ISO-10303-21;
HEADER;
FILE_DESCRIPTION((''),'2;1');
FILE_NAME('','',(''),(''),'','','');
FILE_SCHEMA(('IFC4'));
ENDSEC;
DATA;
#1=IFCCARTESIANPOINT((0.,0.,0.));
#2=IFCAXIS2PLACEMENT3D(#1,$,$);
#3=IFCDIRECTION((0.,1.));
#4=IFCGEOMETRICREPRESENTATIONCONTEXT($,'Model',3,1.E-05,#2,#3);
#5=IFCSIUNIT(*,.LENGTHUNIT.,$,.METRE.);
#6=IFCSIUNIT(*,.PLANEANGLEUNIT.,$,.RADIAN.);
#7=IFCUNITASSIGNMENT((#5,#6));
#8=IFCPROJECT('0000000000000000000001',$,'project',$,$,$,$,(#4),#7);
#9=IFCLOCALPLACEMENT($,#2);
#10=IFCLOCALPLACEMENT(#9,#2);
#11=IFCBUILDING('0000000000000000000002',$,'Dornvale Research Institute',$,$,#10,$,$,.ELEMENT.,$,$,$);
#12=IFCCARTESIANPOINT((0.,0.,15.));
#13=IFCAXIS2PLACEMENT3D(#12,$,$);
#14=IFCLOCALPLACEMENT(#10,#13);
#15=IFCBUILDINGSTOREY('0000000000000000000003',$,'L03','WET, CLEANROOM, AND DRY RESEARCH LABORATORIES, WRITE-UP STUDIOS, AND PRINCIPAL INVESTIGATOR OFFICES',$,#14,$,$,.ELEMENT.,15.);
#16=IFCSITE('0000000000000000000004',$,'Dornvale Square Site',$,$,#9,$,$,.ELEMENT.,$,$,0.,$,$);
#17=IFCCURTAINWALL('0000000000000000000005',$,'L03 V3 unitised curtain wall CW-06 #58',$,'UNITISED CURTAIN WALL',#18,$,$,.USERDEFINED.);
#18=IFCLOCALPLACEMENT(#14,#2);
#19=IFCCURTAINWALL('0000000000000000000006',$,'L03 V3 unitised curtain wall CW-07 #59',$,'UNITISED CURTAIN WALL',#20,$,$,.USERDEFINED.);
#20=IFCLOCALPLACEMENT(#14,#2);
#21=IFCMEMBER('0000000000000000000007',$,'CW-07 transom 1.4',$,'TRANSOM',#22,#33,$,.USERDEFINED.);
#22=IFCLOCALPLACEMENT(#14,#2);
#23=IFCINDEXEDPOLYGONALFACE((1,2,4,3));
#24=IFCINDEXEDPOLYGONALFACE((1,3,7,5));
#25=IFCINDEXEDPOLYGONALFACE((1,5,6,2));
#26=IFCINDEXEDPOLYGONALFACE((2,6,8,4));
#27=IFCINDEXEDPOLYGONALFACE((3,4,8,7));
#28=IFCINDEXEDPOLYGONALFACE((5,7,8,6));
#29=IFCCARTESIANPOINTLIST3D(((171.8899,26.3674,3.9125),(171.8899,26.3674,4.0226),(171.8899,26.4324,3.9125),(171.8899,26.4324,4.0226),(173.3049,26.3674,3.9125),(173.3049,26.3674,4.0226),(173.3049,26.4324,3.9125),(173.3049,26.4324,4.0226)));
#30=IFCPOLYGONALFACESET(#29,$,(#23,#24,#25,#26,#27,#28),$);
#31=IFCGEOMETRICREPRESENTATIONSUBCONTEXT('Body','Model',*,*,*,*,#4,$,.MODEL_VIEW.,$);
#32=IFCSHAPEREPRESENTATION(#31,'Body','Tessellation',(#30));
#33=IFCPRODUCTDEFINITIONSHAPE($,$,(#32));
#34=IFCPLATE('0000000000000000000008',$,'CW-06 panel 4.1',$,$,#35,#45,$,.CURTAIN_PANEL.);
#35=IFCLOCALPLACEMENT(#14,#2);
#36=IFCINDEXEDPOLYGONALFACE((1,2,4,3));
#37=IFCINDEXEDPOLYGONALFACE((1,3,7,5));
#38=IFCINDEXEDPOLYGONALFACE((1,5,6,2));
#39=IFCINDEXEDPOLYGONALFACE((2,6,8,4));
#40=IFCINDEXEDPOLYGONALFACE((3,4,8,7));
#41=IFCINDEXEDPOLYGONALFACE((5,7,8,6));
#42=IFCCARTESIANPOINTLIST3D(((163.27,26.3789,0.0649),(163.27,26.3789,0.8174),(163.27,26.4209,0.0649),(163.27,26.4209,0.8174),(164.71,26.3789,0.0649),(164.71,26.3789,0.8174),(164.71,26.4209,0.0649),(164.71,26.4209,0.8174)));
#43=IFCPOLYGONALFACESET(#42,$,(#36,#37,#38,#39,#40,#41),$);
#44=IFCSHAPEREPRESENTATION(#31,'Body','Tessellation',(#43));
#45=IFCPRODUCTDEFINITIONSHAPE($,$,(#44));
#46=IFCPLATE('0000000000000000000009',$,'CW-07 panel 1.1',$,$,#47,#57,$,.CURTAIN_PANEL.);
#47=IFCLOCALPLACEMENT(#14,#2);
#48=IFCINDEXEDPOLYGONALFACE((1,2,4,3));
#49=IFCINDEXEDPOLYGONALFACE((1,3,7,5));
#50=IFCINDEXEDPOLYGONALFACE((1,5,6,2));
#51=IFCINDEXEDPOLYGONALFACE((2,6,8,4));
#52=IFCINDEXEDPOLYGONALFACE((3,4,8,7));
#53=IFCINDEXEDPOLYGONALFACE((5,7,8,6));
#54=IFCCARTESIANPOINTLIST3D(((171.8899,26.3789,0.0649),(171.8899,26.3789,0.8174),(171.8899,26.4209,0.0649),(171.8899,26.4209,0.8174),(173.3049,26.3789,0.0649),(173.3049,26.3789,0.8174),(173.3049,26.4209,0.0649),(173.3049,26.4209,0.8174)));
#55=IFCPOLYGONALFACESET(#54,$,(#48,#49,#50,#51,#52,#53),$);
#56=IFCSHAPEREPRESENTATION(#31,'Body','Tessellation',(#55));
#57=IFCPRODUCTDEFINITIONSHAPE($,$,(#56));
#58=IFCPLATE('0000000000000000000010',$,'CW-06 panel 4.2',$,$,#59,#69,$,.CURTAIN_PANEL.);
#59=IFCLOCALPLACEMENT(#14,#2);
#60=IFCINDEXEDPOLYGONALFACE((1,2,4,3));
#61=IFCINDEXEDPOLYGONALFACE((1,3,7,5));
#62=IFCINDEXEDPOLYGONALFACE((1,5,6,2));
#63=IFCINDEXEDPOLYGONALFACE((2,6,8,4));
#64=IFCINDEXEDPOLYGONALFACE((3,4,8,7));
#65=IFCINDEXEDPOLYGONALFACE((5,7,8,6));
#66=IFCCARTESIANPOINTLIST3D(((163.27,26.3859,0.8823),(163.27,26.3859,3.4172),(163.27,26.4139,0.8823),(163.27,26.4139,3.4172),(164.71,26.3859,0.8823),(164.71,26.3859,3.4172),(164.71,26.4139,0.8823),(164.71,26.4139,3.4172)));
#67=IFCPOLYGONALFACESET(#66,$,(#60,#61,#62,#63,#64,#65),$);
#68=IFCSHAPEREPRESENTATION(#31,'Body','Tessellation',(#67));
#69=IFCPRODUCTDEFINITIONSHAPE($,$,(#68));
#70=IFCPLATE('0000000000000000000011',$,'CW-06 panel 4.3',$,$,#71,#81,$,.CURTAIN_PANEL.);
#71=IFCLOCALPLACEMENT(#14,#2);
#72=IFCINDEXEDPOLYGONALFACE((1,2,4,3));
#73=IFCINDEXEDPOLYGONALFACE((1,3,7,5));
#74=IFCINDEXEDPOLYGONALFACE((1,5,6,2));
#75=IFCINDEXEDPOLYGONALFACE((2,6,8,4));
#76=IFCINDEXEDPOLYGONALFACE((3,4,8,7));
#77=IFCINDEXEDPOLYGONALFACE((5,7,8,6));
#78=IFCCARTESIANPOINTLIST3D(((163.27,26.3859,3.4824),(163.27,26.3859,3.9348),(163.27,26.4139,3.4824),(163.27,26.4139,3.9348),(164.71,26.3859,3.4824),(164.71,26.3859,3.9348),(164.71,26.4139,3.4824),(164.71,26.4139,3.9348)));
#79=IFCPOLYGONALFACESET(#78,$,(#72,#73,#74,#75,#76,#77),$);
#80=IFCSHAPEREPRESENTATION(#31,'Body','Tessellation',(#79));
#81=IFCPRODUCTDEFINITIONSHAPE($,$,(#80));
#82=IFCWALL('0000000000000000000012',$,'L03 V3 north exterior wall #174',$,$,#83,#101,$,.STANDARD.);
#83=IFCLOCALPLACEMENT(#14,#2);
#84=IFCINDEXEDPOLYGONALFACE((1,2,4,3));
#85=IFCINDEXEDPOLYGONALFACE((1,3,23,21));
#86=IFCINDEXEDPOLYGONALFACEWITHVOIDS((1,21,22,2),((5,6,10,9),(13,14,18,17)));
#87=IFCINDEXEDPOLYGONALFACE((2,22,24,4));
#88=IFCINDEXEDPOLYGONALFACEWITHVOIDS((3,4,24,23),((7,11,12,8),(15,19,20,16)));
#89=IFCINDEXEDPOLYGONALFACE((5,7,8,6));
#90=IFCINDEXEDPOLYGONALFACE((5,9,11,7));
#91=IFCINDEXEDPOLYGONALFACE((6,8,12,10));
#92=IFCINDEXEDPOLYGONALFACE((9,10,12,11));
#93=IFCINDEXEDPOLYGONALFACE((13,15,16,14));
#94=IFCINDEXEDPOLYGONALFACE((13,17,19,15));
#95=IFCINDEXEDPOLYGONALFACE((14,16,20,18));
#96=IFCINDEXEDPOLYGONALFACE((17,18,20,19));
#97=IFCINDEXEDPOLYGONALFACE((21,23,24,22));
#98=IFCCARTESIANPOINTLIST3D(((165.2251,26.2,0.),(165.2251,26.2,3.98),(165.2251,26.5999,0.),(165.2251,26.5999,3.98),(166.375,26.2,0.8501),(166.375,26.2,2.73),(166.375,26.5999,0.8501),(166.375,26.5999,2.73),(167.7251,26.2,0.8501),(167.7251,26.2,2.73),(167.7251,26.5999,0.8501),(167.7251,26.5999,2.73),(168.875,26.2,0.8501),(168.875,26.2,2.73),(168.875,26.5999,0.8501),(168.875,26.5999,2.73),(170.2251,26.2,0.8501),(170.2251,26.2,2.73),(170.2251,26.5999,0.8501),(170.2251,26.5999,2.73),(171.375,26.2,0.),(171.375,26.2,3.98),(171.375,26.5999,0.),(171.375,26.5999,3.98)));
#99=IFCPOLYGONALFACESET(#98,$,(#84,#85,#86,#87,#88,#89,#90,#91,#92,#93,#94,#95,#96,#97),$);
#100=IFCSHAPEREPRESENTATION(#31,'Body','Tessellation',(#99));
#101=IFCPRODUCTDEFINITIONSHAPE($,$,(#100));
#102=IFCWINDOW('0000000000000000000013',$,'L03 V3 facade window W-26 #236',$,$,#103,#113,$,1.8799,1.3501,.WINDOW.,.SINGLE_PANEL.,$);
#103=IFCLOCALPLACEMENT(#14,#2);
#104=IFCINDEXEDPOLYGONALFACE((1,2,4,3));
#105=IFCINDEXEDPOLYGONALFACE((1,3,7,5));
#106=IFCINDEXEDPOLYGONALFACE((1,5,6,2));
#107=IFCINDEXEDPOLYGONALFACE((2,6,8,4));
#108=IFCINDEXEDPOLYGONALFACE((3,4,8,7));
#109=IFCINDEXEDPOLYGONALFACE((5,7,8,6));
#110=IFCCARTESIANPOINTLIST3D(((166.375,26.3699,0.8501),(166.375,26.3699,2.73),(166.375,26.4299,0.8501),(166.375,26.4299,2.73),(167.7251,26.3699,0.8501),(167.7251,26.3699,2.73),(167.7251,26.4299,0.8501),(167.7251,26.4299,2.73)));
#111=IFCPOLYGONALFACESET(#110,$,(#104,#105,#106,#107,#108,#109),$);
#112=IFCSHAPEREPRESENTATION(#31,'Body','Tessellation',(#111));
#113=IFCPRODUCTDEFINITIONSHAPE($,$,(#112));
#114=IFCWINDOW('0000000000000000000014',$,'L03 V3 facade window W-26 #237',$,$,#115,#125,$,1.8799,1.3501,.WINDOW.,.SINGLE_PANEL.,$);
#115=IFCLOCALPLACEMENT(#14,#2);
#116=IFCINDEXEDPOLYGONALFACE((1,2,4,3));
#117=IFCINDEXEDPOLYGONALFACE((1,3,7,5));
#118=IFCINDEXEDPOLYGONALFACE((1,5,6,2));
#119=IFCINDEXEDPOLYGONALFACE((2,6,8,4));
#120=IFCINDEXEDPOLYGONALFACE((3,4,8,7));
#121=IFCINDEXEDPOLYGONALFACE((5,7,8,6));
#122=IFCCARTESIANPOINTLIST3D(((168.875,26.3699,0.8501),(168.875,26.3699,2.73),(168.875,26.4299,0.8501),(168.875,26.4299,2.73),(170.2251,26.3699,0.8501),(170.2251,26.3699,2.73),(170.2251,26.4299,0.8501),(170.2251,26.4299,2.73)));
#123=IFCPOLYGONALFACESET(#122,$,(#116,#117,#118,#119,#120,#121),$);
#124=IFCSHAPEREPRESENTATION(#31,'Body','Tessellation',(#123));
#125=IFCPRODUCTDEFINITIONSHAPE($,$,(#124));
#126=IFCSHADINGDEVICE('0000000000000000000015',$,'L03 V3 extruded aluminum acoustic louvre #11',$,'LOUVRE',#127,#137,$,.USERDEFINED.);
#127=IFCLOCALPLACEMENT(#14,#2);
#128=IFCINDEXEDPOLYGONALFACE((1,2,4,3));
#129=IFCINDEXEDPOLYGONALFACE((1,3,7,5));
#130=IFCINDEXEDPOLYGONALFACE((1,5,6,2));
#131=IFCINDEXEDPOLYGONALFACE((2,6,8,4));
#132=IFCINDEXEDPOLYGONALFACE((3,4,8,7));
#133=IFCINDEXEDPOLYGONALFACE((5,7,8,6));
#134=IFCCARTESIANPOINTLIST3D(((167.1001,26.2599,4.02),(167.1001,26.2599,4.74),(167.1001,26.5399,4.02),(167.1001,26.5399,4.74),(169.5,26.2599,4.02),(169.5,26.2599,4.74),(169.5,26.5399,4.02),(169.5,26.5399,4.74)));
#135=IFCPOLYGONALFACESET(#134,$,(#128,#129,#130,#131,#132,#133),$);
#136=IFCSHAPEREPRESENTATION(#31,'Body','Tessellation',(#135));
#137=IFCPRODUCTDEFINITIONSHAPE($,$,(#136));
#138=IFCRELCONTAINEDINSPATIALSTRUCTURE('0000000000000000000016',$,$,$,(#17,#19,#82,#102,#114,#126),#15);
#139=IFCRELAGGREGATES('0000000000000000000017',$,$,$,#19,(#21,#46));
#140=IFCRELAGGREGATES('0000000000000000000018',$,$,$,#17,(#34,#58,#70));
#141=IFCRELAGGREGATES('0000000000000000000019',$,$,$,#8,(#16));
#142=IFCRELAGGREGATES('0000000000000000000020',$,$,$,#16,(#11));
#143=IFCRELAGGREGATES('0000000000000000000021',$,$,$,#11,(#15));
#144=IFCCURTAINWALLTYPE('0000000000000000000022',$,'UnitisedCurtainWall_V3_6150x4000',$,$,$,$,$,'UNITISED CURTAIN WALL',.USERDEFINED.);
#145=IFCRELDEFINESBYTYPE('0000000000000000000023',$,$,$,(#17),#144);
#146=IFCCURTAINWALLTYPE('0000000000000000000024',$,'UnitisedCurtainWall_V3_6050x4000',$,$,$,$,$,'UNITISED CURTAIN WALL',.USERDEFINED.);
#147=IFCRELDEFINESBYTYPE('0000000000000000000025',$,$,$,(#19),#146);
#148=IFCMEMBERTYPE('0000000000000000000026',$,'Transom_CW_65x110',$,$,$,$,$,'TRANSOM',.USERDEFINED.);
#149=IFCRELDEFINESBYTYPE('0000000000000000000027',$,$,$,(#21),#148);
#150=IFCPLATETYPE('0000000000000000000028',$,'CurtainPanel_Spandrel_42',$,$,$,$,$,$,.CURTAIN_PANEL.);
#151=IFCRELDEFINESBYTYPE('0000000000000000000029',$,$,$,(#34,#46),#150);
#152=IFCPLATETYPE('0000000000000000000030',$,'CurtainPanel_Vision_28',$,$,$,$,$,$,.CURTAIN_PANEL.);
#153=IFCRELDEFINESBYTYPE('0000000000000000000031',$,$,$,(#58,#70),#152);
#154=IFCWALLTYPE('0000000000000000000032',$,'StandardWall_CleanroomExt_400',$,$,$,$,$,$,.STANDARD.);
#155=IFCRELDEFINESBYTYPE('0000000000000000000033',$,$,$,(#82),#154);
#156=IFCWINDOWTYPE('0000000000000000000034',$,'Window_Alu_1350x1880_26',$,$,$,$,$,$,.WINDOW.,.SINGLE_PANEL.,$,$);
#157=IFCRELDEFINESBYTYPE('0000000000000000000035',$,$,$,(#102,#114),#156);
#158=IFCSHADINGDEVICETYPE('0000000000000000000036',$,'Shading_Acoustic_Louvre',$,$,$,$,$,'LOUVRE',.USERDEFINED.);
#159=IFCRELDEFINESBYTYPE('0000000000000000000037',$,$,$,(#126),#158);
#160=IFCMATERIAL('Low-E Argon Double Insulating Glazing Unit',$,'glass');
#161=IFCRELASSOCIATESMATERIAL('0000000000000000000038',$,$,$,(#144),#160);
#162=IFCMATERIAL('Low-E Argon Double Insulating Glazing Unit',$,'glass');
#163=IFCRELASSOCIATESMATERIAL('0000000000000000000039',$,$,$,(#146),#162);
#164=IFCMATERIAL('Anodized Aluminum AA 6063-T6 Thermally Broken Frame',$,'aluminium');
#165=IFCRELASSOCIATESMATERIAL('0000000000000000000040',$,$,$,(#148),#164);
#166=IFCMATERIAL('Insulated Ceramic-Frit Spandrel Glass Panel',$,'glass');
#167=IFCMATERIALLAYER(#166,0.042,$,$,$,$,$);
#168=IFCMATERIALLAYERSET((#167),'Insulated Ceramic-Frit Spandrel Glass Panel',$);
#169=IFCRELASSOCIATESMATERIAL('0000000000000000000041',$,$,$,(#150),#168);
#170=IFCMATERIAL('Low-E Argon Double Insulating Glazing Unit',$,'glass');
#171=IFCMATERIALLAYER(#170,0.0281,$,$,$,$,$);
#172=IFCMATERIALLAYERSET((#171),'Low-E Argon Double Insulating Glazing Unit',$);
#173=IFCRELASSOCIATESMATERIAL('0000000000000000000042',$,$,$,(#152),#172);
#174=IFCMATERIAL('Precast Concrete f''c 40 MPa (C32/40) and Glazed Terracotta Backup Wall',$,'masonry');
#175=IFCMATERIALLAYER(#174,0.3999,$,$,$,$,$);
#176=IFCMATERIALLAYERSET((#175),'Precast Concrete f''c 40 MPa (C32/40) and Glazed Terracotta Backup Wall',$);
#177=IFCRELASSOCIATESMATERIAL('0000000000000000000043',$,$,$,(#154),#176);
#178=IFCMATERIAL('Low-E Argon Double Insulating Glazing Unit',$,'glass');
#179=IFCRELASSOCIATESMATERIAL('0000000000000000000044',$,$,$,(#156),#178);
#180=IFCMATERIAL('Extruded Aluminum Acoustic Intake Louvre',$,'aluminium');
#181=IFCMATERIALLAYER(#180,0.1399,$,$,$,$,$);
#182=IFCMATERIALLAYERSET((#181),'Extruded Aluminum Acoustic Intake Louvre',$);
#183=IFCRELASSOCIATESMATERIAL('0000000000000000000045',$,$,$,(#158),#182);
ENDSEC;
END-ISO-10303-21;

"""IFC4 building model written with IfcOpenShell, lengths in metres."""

from ifc_helpers import new_model, si_unit, direction, frame, frame_2d, origin, origin_2d, place, context, subcontext, project, spatial, rectangle, extrude, material, layer, layer_set, material_profile, profile_set, type_object, element, fill, aggregate, save


model = new_model("IFC4")

# Units and contexts
model_context = context("Model", 3, precision=1e-05, world=origin(), true_north=direction((0.0, 1.0)))
body_context = subcontext(model_context, "Body", "Model", "MODEL_VIEW")
ifc_project = project(units=[si_unit("LENGTHUNIT", "METRE"), si_unit("PLANEANGLEUNIT", "RADIAN")], contexts=[model_context])

# Site, building, storey
site_placement = place(None, origin())
site = spatial("IfcSite", under=ifc_project, at=site_placement, Name="Dornvale Square Site", CompositionType="ELEMENT", RefElevation=0.0)
building_placement = place(site_placement, origin())
building = spatial("IfcBuilding", under=site, at=building_placement, Name="Dornvale Research Institute", CompositionType="ELEMENT")
storey_placement = place(building_placement, frame((0.0, 0.0, 15.0)))
storey = spatial("IfcBuildingStorey", under=building, at=storey_placement, Name="L03", Description="WET, CLEANROOM, AND DRY RESEARCH LABORATORIES, WRITE-UP STUDIOS, AND PRINCIPAL INVESTIGATOR OFFICES", CompositionType="ELEMENT", Elevation=15.0)

# Curtain wall
ifc_material_1 = material(Name="Low-E Argon Double Insulating Glazing Unit", Category="glass")
curtain_wall_type_1 = type_object("IfcCurtainWallType", Name="UnitisedCurtainWall_V3_6150x4000", ElementType="UNITISED CURTAIN WALL", PredefinedType="USERDEFINED", material=ifc_material_1)
curtain_wall_1_placement = place(storey_placement, origin())
curtain_wall_1 = element("IfcCurtainWall", 1, at=curtain_wall_1_placement, inside=storey, type_object=curtain_wall_type_1, Name="L03 V3 unitised curtain wall CW-06 #58", ObjectType="UNITISED CURTAIN WALL", PredefinedType="USERDEFINED")

# Curtain wall
ifc_material_2 = material(Name="Low-E Argon Double Insulating Glazing Unit", Category="glass")
curtain_wall_type_2 = type_object("IfcCurtainWallType", Name="UnitisedCurtainWall_V3_6050x4000", ElementType="UNITISED CURTAIN WALL", PredefinedType="USERDEFINED", material=ifc_material_2)
curtain_wall_2_placement = place(storey_placement, origin())
curtain_wall_2 = element("IfcCurtainWall", 2, at=curtain_wall_2_placement, inside=storey, type_object=curtain_wall_type_2, Name="L03 V3 unitised curtain wall CW-07 #59", ObjectType="UNITISED CURTAIN WALL", PredefinedType="USERDEFINED")

# Member
ifc_material_3 = material(Name="Anodized Aluminum AA 6063-T6 Thermally Broken Frame", Category="aluminium")
ifc_material_profile_1 = material_profile(ifc_material_3, rectangle(XDim=0.0649, YDim=0.1101, at=origin_2d()), Name="ALU TRANSOM 65x110")
ifc_profile_set_1 = profile_set([ifc_material_profile_1], Name="Anodized Aluminum AA 6063-T6 Thermally Broken Frame")
member_type_1 = type_object("IfcMemberType", Name="Transom_CW_65x110", ElementType="TRANSOM", PredefinedType="USERDEFINED", material=ifc_profile_set_1)
member_1_placement = place(storey_placement, frame((171.8899, 26.3999, 3.9675), z_axis=(1.0, 0.0, 0.0), x_axis=(0.0, 1.0, 0.0)))
member_1 = element("IfcMember", 3, at=member_1_placement, type_object=member_type_1, Name="CW-07 transom 1.4", ObjectType="TRANSOM", PredefinedType="USERDEFINED", context=body_context, shape_type="SweptSolid", body=[
    extrude(rectangle(XDim=0.0649, YDim=0.1101, at=origin_2d()), origin(), (0.0, 0.0, 1.0), 1.415),
])

# Plates
ifc_material_4 = material(Name="Insulated Ceramic-Frit Spandrel Glass Panel", Category="glass")
ifc_layer_1 = layer(ifc_material_4, 0.042)
ifc_layer_set_1 = layer_set([ifc_layer_1], Name="Insulated Ceramic-Frit Spandrel Glass Panel")
plate_type_1 = type_object("IfcPlateType", Name="CurtainPanel_Spandrel_42", PredefinedType="CURTAIN_PANEL", material=ifc_layer_set_1)
plate_1_placement = place(storey_placement, frame((163.99, 26.3999, 0.0649), z_axis=(0.0, 0.0, 1.0), x_axis=(1.0, 0.0, 0.0)))
plate_1 = element("IfcPlate", 4, at=plate_1_placement, type_object=plate_type_1, Name="CW-06 panel 4.1", PredefinedType="CURTAIN_PANEL", context=body_context, shape_type="SweptSolid", body=[
    extrude(rectangle(XDim=1.4399, YDim=0.042, at=origin_2d()), origin(), (0.0, 0.0, 1.0), 0.7524),
])
plate_2_placement = place(storey_placement, frame((172.5974, 26.3999, 0.0649), z_axis=(0.0, 0.0, 1.0), x_axis=(1.0, 0.0, 0.0)))
plate_2 = element("IfcPlate", 5, at=plate_2_placement, type_object=plate_type_1, Name="CW-07 panel 1.1", PredefinedType="CURTAIN_PANEL", context=body_context, shape_type="SweptSolid", body=[
    extrude(rectangle(XDim=1.415, YDim=0.042, at=origin_2d()), origin(), (0.0, 0.0, 1.0), 0.7524),
])
aggregate(curtain_wall_2, [member_1, plate_2])
ifc_material_5 = material(Name="Low-E Argon Double Insulating Glazing Unit", Category="glass")
ifc_layer_2 = layer(ifc_material_5, 0.0281)
ifc_layer_set_2 = layer_set([ifc_layer_2], Name="Low-E Argon Double Insulating Glazing Unit")
plate_type_2 = type_object("IfcPlateType", Name="CurtainPanel_Vision_28", PredefinedType="CURTAIN_PANEL", material=ifc_layer_set_2)
plate_3_placement = place(storey_placement, frame((163.99, 26.3999, 0.8823), z_axis=(0.0, 0.0, 1.0), x_axis=(1.0, 0.0, 0.0)))
plate_3 = element("IfcPlate", 6, at=plate_3_placement, type_object=plate_type_2, Name="CW-06 panel 4.2", PredefinedType="CURTAIN_PANEL", context=body_context, shape_type="SweptSolid", body=[
    extrude(rectangle(XDim=1.4399, YDim=0.0281, at=origin_2d()), origin(), (0.0, 0.0, 1.0), 2.5349),
])
plate_4_placement = place(storey_placement, frame((163.99, 26.3999, 3.4824), z_axis=(0.0, 0.0, 1.0), x_axis=(1.0, 0.0, 0.0)))
plate_4 = element("IfcPlate", 7, at=plate_4_placement, type_object=plate_type_2, Name="CW-06 panel 4.3", PredefinedType="CURTAIN_PANEL", context=body_context, shape_type="SweptSolid", body=[
    extrude(rectangle(XDim=1.4399, YDim=0.0281, at=origin_2d()), origin(), (0.0, 0.0, 1.0), 0.4524),
])
aggregate(curtain_wall_1, [plate_1, plate_3, plate_4])

# Wall, openings, windows
ifc_material_6 = material(Name="Precast Concrete f'c 40 MPa (C32/40) and Glazed Terracotta Backup Wall", Category="masonry")
ifc_layer_3 = layer(ifc_material_6, 0.3999)
ifc_layer_set_3 = layer_set([ifc_layer_3], Name="Precast Concrete f'c 40 MPa (C32/40) and Glazed Terracotta Backup Wall")
wall_type = type_object("IfcWallType", Name="StandardWall_CleanroomExt_400", PredefinedType="STANDARD", material=ifc_layer_set_3)
wall_placement = place(storey_placement, frame((165.2251, 26.3999, 0.0), z_axis=(0.0, 0.0, 1.0), x_axis=(1.0, 0.0, 0.0)))
wall = element("IfcWall", 8, at=wall_placement, inside=storey, type_object=wall_type, Name="L03 V3 north exterior wall #174", PredefinedType="STANDARD", context=body_context, shape_type="SweptSolid", body=[
    extrude(rectangle(XDim=6.1499, YDim=0.3999, at=frame_2d((3.075, 0.0))), origin(), (0.0, 0.0, 1.0), 3.98),
])
opening_1_placement = place(wall_placement, frame((1.1499, 0.0, 0.8501)))
opening_1 = element("IfcOpeningElement", 9, at=opening_1_placement, cuts=wall, PredefinedType="OPENING", context=body_context, shape_type="SweptSolid", body=[
    extrude(rectangle(XDim=1.3501, YDim=1.8799, at=frame_2d((0.675, 0.9399))), frame((0.0, 0.2148, 0.0), z_axis=(0.0, -1.0, 0.0), x_axis=(1.0, 0.0, 0.0)), (0.0, 0.0, 1.0), 0.4299),
])
opening_2_placement = place(wall_placement, frame((3.6499, 0.0, 0.8501)))
opening_2 = element("IfcOpeningElement", 10, at=opening_2_placement, cuts=wall, PredefinedType="OPENING", context=body_context, shape_type="SweptSolid", body=[
    extrude(rectangle(XDim=1.3501, YDim=1.8799, at=frame_2d((0.675, 0.9399))), frame((0.0, 0.2148, 0.0), z_axis=(0.0, -1.0, 0.0), x_axis=(1.0, 0.0, 0.0)), (0.0, 0.0, 1.0), 0.4299),
])
ifc_material_7 = material(Name="Low-E Argon Double Insulating Glazing Unit", Category="glass")
window_type = type_object("IfcWindowType", Name="Window_Alu_1350x1880_26", PartitioningType="SINGLE_PANEL", PredefinedType="WINDOW", material=ifc_material_7)
window_1_placement = place(opening_1_placement, origin())
window_1 = element("IfcWindow", 11, at=window_1_placement, inside=storey, type_object=window_type, Name="L03 V3 facade window W-26 #236", OverallHeight=1.8799, OverallWidth=1.3501, PartitioningType="SINGLE_PANEL", PredefinedType="WINDOW", context=body_context, shape_type="SweptSolid", body=[
    extrude(rectangle(XDim=1.3501, YDim=1.8799, at=frame_2d((0.675, 0.9399))), frame((0.0, 0.03, 0.0), z_axis=(0.0, -1.0, 0.0), x_axis=(1.0, 0.0, 0.0)), (0.0, 0.0, 1.0), 0.0601),
])
fill(opening_1, window_1)
window_2_placement = place(opening_2_placement, origin())
window_2 = element("IfcWindow", 12, at=window_2_placement, inside=storey, type_object=window_type, Name="L03 V3 facade window W-26 #237", OverallHeight=1.8799, OverallWidth=1.3501, PartitioningType="SINGLE_PANEL", PredefinedType="WINDOW", context=body_context, shape_type="SweptSolid", body=[
    extrude(rectangle(XDim=1.3501, YDim=1.8799, at=frame_2d((0.675, 0.9399))), frame((0.0, 0.03, 0.0), z_axis=(0.0, -1.0, 0.0), x_axis=(1.0, 0.0, 0.0)), (0.0, 0.0, 1.0), 0.0601),
])
fill(opening_2, window_2)

# Shading device
ifc_material_8 = material(Name="Extruded Aluminum Acoustic Intake Louvre", Category="aluminium")
ifc_layer_4 = layer(ifc_material_8, 0.1399)
ifc_layer_set_4 = layer_set([ifc_layer_4], Name="Extruded Aluminum Acoustic Intake Louvre")
shading_device_type = type_object("IfcShadingDeviceType", Name="Shading_Acoustic_Louvre", ElementType="LOUVRE", PredefinedType="USERDEFINED", material=ifc_layer_set_4)
shading_device_placement = place(storey_placement, frame((168.3, 26.3999, 4.02), z_axis=(0.0, 0.0, 1.0), x_axis=(1.0, 0.0, 0.0)))
element("IfcShadingDevice", 13, at=shading_device_placement, inside=storey, type_object=shading_device_type, Name="L03 V3 extruded aluminum acoustic louvre #11", ObjectType="LOUVRE", PredefinedType="USERDEFINED", context=body_context, shape_type="SweptSolid", body=[
    extrude(rectangle(XDim=2.3999, YDim=0.28, at=origin_2d()), origin(), (0.0, 0.0, 1.0), 0.72),
])

save(model, "model.ifc")
